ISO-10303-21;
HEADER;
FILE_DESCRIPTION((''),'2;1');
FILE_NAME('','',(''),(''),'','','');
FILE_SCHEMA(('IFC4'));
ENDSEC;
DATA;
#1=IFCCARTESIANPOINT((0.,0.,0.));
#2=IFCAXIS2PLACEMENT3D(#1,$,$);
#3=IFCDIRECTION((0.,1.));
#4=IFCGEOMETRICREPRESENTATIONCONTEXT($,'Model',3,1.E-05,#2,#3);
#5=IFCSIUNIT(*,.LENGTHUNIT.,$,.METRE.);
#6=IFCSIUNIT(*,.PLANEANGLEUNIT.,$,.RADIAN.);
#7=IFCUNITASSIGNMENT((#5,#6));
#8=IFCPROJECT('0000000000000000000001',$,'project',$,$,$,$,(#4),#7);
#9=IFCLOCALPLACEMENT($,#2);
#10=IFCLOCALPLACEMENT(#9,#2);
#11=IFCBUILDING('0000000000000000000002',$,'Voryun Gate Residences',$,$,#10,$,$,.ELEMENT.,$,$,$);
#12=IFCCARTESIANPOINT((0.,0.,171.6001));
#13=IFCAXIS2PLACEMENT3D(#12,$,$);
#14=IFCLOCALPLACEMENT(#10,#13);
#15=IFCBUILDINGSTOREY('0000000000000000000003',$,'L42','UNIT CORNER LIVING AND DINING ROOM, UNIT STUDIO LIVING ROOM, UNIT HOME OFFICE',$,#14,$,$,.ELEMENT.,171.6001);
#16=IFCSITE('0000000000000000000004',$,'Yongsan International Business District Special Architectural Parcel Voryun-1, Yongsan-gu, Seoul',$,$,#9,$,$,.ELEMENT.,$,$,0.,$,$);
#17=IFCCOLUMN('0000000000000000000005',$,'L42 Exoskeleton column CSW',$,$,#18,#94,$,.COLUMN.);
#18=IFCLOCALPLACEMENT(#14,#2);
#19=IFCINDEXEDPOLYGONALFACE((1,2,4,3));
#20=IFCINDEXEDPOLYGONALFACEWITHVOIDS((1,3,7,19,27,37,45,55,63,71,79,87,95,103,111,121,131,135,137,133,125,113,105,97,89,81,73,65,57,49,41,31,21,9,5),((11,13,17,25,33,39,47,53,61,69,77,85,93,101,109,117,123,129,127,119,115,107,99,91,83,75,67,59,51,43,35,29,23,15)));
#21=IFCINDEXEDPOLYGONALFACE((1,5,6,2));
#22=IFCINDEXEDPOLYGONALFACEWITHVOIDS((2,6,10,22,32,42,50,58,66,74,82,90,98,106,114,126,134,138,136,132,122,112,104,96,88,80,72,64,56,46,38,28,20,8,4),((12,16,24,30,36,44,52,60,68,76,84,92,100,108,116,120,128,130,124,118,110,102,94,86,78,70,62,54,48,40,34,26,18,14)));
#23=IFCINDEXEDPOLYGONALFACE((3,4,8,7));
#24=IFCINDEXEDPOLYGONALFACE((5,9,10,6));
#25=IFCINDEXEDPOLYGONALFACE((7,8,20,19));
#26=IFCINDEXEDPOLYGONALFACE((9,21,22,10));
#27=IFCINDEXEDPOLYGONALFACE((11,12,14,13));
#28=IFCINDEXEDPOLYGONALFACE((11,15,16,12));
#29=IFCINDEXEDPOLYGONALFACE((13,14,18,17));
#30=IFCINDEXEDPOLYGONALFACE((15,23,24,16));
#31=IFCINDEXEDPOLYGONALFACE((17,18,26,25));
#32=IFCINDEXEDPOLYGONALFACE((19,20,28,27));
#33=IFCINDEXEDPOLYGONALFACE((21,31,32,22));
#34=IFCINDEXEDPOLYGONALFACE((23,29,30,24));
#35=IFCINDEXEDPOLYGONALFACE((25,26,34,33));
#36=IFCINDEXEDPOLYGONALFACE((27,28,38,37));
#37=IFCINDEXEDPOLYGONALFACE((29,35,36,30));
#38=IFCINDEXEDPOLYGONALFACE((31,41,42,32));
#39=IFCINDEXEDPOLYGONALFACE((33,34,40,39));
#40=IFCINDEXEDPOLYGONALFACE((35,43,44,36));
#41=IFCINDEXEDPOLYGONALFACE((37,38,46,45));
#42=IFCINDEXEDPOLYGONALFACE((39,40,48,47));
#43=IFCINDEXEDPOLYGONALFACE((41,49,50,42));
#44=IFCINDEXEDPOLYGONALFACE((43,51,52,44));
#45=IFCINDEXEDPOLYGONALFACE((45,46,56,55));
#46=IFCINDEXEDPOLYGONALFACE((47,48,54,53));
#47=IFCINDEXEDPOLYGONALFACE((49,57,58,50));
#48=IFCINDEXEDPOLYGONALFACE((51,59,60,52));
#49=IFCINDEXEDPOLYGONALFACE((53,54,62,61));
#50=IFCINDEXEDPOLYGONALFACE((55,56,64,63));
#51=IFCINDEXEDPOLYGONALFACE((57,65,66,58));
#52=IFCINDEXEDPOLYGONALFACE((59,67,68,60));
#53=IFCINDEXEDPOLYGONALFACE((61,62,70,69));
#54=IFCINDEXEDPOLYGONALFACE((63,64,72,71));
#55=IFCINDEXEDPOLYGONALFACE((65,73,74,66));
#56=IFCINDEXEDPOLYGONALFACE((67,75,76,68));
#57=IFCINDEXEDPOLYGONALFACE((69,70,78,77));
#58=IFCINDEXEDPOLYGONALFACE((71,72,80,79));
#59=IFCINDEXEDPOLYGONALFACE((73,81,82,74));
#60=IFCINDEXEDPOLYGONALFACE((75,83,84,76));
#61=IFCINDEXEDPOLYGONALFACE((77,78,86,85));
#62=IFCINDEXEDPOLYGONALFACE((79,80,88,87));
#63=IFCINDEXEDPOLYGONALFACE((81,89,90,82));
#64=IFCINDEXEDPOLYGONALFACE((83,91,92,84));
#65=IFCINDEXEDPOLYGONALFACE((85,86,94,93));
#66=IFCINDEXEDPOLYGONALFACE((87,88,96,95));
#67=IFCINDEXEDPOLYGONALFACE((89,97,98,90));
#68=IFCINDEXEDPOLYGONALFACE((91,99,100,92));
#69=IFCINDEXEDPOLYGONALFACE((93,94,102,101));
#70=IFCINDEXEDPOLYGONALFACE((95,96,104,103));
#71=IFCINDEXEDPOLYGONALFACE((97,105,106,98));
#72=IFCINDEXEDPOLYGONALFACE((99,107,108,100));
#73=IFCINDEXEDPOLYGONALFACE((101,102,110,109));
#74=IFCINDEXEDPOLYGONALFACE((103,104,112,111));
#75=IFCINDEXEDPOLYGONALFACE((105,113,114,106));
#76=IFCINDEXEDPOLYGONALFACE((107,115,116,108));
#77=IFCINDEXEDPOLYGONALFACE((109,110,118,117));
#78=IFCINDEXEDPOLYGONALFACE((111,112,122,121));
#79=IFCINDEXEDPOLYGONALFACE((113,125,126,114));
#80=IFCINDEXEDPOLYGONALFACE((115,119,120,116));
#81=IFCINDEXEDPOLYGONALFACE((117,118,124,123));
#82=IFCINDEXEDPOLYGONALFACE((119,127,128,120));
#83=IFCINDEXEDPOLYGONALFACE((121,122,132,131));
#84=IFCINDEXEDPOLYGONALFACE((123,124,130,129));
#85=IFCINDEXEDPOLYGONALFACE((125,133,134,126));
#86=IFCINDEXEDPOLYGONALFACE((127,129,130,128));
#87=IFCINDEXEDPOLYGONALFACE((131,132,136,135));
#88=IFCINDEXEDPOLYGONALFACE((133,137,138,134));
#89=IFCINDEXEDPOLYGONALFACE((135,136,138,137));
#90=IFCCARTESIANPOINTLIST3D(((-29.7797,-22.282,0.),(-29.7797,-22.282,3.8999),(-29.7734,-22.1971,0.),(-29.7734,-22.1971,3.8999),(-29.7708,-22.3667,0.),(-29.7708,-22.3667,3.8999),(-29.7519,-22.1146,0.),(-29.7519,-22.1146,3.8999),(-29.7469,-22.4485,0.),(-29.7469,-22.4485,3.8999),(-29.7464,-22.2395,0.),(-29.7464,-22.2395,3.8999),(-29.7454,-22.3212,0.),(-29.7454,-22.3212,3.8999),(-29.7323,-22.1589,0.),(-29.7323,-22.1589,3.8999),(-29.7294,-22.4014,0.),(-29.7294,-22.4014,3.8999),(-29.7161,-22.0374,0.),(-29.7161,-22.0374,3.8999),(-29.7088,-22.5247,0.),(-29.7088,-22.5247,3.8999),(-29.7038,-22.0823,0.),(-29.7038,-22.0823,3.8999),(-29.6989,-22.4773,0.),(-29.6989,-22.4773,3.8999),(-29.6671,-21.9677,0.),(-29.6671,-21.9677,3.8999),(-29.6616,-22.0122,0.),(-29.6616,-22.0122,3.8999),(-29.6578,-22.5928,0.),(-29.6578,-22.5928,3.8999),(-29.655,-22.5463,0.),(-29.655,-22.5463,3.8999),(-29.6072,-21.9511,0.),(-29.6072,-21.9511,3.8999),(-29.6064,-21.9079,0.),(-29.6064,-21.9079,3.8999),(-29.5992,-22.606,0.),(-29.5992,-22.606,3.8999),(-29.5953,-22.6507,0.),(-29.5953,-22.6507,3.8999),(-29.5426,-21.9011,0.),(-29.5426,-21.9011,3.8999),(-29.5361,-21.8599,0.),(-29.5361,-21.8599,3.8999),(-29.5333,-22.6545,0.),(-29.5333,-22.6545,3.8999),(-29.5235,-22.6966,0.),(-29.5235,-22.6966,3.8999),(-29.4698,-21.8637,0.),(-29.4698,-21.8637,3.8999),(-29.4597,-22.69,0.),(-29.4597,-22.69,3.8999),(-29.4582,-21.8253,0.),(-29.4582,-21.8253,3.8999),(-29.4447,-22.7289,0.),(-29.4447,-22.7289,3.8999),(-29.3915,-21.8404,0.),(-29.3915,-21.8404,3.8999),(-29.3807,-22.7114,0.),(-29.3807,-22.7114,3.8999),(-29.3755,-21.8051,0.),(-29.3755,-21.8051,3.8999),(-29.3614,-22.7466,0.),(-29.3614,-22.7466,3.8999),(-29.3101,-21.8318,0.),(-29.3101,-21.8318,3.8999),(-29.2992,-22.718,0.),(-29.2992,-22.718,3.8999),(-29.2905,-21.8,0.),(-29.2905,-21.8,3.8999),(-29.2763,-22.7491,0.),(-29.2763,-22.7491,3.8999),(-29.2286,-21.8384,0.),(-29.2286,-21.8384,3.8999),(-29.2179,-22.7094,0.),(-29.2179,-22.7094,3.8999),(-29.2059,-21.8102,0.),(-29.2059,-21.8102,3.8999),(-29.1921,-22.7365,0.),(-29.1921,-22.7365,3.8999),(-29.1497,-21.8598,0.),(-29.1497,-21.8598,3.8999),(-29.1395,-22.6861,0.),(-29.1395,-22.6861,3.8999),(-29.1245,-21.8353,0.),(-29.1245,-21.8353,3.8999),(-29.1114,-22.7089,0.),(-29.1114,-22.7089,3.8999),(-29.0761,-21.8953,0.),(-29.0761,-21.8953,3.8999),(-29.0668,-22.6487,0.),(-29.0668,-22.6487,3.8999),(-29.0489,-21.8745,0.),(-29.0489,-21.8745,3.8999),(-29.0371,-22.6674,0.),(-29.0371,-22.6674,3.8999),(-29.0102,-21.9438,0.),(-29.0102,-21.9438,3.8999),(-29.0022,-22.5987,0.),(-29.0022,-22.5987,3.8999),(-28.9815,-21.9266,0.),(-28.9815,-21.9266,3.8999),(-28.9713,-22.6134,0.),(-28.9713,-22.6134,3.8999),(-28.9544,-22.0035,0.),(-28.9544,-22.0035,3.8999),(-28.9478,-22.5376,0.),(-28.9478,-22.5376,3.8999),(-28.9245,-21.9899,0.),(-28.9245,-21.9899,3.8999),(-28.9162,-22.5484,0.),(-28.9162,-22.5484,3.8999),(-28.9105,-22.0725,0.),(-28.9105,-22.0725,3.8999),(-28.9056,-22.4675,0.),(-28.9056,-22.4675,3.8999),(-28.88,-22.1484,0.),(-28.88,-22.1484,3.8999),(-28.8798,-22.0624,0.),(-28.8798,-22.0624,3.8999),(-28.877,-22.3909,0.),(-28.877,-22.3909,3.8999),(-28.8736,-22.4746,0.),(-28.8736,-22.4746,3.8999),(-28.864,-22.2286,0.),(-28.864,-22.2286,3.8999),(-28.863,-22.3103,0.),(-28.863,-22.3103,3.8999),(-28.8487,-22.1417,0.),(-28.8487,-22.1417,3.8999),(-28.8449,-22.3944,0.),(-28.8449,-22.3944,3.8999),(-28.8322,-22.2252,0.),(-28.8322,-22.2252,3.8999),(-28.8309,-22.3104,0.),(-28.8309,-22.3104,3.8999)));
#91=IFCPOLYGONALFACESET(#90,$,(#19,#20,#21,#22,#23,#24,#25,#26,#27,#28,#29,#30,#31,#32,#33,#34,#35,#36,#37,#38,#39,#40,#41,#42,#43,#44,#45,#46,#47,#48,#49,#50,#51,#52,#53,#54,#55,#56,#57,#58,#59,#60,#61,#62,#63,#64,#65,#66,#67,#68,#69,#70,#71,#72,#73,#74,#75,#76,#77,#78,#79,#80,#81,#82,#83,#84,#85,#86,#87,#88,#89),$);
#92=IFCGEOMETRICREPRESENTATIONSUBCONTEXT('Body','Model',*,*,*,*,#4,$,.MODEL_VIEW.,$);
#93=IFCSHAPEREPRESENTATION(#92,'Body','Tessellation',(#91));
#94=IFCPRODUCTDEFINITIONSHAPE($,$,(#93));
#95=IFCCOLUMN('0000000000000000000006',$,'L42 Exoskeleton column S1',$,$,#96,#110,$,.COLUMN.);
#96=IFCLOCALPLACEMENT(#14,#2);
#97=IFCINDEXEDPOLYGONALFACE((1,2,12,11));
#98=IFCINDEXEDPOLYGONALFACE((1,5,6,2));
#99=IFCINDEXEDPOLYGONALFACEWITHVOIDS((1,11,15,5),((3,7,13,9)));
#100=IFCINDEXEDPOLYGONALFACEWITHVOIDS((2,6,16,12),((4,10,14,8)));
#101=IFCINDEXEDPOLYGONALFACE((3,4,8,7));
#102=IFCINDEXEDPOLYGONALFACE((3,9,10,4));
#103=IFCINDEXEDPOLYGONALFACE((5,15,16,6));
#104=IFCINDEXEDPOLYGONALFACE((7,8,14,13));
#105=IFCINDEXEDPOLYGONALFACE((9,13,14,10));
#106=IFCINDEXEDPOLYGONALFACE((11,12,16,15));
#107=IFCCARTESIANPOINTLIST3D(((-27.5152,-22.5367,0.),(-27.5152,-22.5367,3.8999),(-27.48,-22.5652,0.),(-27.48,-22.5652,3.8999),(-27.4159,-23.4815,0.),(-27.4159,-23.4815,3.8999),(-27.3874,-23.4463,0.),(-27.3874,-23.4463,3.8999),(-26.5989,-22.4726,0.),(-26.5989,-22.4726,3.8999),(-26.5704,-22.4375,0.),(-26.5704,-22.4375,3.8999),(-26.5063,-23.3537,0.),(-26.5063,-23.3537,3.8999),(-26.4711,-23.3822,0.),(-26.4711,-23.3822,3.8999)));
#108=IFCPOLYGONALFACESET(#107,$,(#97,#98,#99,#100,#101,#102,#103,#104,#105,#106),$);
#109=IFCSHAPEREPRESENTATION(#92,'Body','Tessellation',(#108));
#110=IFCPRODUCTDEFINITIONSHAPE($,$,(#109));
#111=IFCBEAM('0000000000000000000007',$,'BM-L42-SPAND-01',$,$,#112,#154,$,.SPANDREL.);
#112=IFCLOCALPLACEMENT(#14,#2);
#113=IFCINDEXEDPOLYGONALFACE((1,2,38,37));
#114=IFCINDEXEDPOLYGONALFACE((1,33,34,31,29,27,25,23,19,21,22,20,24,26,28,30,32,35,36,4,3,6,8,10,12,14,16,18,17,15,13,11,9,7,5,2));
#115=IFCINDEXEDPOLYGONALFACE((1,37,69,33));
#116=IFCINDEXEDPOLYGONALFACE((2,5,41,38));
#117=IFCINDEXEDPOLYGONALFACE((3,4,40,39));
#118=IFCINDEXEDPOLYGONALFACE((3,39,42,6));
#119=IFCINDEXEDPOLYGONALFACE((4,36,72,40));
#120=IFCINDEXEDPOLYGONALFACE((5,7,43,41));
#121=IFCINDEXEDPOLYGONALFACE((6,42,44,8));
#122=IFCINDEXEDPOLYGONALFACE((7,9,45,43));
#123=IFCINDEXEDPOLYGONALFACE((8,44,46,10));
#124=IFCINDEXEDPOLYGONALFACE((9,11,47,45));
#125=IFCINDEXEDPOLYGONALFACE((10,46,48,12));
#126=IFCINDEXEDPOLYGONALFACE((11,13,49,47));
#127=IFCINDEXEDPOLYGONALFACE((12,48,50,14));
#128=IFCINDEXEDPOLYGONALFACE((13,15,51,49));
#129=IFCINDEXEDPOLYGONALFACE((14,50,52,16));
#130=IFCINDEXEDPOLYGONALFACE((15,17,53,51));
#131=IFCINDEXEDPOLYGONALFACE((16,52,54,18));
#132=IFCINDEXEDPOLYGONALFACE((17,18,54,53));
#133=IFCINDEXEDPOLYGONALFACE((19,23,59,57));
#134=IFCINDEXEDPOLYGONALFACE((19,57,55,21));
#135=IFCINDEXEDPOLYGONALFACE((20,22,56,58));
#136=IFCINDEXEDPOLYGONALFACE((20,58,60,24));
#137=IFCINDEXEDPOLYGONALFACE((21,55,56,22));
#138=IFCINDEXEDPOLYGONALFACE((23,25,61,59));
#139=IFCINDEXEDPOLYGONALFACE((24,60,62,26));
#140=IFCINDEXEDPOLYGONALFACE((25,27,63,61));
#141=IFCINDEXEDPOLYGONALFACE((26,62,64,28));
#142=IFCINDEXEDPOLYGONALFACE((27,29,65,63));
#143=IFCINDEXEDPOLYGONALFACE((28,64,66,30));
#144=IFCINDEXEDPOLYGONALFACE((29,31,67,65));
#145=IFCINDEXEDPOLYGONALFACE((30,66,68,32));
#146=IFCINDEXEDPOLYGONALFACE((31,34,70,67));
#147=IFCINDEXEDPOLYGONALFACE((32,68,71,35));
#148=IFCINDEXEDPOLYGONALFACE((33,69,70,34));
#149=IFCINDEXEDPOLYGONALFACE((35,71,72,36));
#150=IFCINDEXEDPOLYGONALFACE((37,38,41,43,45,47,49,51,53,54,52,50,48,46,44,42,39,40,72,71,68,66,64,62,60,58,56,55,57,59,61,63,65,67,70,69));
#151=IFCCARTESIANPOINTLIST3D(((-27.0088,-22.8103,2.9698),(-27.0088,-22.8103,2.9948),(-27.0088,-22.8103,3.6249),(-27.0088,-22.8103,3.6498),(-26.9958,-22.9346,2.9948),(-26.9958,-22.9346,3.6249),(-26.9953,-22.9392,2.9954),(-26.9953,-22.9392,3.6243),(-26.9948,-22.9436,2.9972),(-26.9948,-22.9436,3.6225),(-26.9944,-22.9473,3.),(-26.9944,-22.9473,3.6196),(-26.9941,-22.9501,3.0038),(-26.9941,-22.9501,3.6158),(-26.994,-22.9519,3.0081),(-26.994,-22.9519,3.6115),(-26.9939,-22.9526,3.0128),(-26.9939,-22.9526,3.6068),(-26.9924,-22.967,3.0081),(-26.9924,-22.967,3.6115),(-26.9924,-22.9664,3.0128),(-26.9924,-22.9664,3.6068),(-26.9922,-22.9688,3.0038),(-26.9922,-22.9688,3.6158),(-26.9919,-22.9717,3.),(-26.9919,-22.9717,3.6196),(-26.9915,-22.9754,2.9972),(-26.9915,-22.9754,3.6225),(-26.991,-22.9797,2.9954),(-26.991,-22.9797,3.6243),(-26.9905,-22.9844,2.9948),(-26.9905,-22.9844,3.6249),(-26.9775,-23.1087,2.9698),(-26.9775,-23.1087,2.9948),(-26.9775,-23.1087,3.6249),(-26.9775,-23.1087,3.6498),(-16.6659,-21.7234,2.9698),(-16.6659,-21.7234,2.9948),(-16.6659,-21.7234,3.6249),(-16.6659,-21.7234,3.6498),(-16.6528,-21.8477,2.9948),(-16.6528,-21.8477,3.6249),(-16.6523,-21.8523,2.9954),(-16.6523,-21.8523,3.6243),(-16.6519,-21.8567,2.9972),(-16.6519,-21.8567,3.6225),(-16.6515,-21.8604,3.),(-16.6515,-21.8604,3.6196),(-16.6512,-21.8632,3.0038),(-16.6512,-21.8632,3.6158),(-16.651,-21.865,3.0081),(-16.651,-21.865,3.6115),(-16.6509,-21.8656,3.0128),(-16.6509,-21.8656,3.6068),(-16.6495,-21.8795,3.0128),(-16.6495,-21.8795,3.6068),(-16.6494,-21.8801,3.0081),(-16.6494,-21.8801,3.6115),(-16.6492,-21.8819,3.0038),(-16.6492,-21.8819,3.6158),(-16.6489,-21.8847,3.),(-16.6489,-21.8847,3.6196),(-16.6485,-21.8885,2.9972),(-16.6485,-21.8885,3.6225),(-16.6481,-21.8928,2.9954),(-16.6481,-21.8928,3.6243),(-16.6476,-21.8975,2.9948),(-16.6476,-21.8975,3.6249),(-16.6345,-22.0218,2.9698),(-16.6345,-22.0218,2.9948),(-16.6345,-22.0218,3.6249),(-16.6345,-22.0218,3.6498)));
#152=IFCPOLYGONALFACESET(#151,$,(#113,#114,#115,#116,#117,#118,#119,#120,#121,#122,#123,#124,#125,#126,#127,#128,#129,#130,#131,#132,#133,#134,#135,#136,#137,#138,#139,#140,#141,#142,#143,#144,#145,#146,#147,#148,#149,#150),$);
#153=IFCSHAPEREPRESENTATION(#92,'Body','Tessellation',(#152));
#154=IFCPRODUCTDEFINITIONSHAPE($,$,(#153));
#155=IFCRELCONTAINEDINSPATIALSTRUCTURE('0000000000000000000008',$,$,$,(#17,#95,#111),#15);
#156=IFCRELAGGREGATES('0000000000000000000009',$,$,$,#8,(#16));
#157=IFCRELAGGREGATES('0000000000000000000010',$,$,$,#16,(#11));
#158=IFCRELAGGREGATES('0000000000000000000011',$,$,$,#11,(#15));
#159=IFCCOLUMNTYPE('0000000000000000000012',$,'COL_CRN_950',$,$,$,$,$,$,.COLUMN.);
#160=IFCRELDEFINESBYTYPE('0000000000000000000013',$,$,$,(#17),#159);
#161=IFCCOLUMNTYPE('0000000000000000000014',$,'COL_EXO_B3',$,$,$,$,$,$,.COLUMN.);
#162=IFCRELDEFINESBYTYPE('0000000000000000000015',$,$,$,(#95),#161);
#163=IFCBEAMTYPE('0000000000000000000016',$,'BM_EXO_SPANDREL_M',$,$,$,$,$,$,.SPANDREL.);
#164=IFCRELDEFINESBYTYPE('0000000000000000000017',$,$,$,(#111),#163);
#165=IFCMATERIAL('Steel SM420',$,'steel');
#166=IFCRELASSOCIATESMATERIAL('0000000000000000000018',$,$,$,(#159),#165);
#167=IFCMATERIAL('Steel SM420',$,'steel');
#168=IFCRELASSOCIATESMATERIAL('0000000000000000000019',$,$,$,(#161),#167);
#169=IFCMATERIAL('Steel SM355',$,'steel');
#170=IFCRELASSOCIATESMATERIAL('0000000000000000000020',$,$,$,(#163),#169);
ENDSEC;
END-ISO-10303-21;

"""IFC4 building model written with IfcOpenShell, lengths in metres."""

from ifc_helpers import new_model, si_unit, direction, frame, origin, origin_2d, place, context, subcontext, project, spatial, hollow_rectangle, hollow_circle, i_section, extrude, material, material_profile, profile_set, type_object, element, save


model = new_model("IFC4")

# Units and contexts
model_context = context("Model", 3, precision=1e-05, world=origin(), true_north=direction((0.0, 1.0)))
body_context = subcontext(model_context, "Body", "Model", "MODEL_VIEW")
ifc_project = project(units=[si_unit("LENGTHUNIT", "METRE"), si_unit("PLANEANGLEUNIT", "RADIAN")], contexts=[model_context])

# Site, building, storey
site_placement = place(None, origin())
site = spatial("IfcSite", under=ifc_project, at=site_placement, Name="Yongsan International Business District Special Architectural Parcel Voryun-1, Yongsan-gu, Seoul", CompositionType="ELEMENT", RefElevation=0.0)
building_placement = place(site_placement, origin())
building = spatial("IfcBuilding", under=site, at=building_placement, Name="Voryun Gate Residences", CompositionType="ELEMENT")
storey_placement = place(building_placement, frame((0.0, 0.0, 171.6001)))
storey = spatial("IfcBuildingStorey", under=building, at=storey_placement, Name="L42", Description="UNIT CORNER LIVING AND DINING ROOM, UNIT STUDIO LIVING ROOM, UNIT HOME OFFICE", CompositionType="ELEMENT", Elevation=171.6001)

# Columns
ifc_material_1 = material(Name="Steel SM420", Category="steel")
ifc_material_profile_1 = material_profile(ifc_material_1, hollow_circle(Radius=0.4751, WallThickness=0.032, at=origin_2d()), Name="CHS-950x32")
ifc_profile_set_1 = profile_set([ifc_material_profile_1], Name="Steel SM420")
column_type_1 = type_object("IfcColumnType", Name="COL_CRN_950", PredefinedType="COLUMN", material=ifc_profile_set_1)
column_1_placement = place(storey_placement, frame((-29.3047, -22.2749, 0.0), z_axis=(0.0, 0.0, 1.0), x_axis=(0.994522, 0.104528, 0.0)))
element("IfcColumn", 1, at=column_1_placement, inside=storey, type_object=column_type_1, Name="L42 Exoskeleton column CSW", PredefinedType="COLUMN", context=body_context, shape_type="SweptSolid", body=[
    extrude(hollow_circle(Radius=0.4751, WallThickness=0.032, at=origin_2d()), origin(), (0.0, 0.0, 1.0), 3.8999),
])
ifc_material_2 = material(Name="Steel SM420", Category="steel")
ifc_material_profile_2 = material_profile(ifc_material_2, hollow_rectangle(XDim=0.95, YDim=0.95, WallThickness=0.032, at=origin_2d()), Name="BOX-950x950x32")
ifc_profile_set_2 = profile_set([ifc_material_profile_2], Name="Steel SM420")
column_type_2 = type_object("IfcColumnType", Name="COL_EXO_B3", PredefinedType="COLUMN", material=ifc_profile_set_2)
column_2_placement = place(storey_placement, frame((-26.9932, -22.9595, 0.0), z_axis=(0.0, 0.0, 1.0), x_axis=(0.994522, 0.104528, 0.0)))
element("IfcColumn", 2, at=column_2_placement, inside=storey, type_object=column_type_2, Name="L42 Exoskeleton column S1", PredefinedType="COLUMN", context=body_context, shape_type="SweptSolid", body=[
    extrude(hollow_rectangle(XDim=0.95, YDim=0.95, WallThickness=0.032, at=origin_2d()), origin(), (0.0, 0.0, 1.0), 3.8999),
])

# Beam
ifc_material_3 = material(Name="Steel SM355", Category="steel")
ifc_material_profile_3 = material_profile(ifc_material_3, i_section(OverallWidth=0.3, OverallDepth=0.6799, WebThickness=0.0139, FlangeThickness=0.0249, FilletRadius=0.0181, at=origin_2d()), Name="H-680x300x14x25")
ifc_profile_set_3 = profile_set([ifc_material_profile_3], Name="Steel SM355")
beam_type = type_object("IfcBeamType", Name="BM_EXO_SPANDREL_M", PredefinedType="SPANDREL", material=ifc_profile_set_3)
beam_1_placement = place(storey_placement, frame((-26.9932, -22.9595, 3.3098), z_axis=(0.994524, 0.104511, 0.0), x_axis=(-0.104511, 0.994524, 0.0)))
element("IfcBeam", 3, at=beam_1_placement, inside=storey, type_object=beam_type, Name="BM-L42-SPAND-01", PredefinedType="SPANDREL", context=body_context, shape_type="SweptSolid", body=[
    extrude(i_section(OverallWidth=0.3, OverallDepth=0.6799, WebThickness=0.0139, FlangeThickness=0.0249, FilletRadius=0.0181, at=origin_2d()), origin(), (0.0, 0.0, 1.0), 10.3999),
])

save(model, "model.ifc")
